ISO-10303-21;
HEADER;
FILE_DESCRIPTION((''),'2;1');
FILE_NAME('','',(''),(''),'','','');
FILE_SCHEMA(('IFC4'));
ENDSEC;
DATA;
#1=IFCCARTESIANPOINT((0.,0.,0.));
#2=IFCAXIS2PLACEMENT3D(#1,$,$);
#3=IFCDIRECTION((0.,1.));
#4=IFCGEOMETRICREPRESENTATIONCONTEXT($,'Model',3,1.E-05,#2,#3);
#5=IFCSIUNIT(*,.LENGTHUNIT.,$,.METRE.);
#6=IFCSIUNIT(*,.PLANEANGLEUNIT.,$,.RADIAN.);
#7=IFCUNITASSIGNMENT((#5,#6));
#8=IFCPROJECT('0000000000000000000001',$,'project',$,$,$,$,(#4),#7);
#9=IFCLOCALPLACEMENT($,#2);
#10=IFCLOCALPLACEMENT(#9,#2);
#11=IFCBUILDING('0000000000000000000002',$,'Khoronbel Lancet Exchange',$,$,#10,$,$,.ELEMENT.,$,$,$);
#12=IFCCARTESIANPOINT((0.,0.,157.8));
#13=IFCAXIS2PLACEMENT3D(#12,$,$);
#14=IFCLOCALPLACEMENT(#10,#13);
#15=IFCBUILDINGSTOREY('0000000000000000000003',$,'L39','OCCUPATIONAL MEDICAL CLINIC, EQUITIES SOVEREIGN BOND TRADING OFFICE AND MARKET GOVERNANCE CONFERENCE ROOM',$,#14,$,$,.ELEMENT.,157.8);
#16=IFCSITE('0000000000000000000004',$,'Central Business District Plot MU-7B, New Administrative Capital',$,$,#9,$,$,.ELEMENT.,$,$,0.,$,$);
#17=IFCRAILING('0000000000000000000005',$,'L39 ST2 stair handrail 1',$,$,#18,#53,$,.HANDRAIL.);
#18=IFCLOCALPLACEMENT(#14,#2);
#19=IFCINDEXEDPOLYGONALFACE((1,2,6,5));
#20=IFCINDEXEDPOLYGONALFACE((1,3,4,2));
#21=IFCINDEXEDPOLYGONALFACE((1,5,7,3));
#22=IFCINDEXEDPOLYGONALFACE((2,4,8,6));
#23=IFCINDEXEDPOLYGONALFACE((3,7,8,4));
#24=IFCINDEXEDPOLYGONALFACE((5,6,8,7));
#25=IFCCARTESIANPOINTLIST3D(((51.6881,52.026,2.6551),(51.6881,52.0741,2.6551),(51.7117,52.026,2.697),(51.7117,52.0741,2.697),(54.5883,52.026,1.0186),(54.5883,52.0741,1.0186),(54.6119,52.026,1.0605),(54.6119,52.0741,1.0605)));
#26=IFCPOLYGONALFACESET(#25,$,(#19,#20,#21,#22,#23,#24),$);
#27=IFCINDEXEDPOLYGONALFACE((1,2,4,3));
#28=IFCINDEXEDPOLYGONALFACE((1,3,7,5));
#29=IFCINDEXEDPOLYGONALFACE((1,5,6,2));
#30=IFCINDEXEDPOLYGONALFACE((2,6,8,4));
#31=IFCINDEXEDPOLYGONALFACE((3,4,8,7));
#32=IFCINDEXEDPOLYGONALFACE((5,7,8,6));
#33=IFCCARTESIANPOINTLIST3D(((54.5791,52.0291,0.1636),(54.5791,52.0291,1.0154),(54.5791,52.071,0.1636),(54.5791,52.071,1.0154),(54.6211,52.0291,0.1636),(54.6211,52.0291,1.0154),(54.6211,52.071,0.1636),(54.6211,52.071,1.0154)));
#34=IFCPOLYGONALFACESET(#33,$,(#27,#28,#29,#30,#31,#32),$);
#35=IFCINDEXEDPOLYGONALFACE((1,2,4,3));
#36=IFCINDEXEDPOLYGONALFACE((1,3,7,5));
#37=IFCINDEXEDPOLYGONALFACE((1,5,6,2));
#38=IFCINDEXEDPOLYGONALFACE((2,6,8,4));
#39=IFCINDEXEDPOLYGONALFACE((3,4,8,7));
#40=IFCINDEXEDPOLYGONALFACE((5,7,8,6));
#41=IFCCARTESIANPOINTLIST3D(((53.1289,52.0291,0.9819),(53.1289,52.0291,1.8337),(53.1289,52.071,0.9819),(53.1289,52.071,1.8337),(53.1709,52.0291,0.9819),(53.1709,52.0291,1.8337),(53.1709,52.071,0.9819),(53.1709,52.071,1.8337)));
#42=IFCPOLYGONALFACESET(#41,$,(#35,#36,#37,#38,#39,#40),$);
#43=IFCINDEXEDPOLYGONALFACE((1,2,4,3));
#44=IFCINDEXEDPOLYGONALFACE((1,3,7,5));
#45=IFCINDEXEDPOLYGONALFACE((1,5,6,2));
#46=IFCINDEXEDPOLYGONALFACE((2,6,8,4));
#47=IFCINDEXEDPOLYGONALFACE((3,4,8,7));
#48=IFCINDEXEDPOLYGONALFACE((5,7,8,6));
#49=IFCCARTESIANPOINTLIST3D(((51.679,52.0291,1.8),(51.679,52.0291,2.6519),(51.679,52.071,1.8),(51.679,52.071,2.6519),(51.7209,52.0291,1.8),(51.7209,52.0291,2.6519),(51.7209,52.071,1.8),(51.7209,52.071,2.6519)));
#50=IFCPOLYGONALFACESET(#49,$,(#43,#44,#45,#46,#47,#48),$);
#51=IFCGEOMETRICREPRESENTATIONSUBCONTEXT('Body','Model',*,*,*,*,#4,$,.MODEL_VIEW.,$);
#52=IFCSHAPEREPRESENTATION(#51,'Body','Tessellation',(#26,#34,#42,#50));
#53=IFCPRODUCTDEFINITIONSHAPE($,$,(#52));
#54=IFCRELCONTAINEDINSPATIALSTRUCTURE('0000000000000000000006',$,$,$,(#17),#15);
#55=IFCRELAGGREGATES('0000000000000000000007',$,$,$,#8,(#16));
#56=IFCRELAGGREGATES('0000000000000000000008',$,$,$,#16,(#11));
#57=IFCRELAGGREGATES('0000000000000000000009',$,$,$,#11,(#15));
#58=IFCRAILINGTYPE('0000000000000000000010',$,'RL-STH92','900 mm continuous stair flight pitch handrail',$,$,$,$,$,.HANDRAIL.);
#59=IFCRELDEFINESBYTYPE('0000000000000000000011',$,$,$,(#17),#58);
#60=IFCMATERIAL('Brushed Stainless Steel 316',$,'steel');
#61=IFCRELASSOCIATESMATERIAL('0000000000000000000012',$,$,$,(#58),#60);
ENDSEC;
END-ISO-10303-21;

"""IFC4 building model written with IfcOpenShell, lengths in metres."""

from ifc_helpers import new_model, si_unit, direction, frame, origin, origin_2d, place, context, subcontext, project, spatial, rectangle, extrude, material, type_object, element, save


model = new_model("IFC4")

# Units and contexts
model_context = context("Model", 3, precision=1e-05, world=origin(), true_north=direction((0.0, 1.0)))
body_context = subcontext(model_context, "Body", "Model", "MODEL_VIEW")
ifc_project = project(units=[si_unit("LENGTHUNIT", "METRE"), si_unit("PLANEANGLEUNIT", "RADIAN")], contexts=[model_context])

# Site, building, storey
site_placement = place(None, origin())
site = spatial("IfcSite", under=ifc_project, at=site_placement, Name="Central Business District Plot MU-7B, New Administrative Capital", CompositionType="ELEMENT", RefElevation=0.0)
building_placement = place(site_placement, origin())
building = spatial("IfcBuilding", under=site, at=building_placement, Name="Khoronbel Lancet Exchange", CompositionType="ELEMENT")
storey_placement = place(building_placement, frame((0.0, 0.0, 157.8)))
storey = spatial("IfcBuildingStorey", under=building, at=storey_placement, Name="L39", Description="OCCUPATIONAL MEDICAL CLINIC, EQUITIES SOVEREIGN BOND TRADING OFFICE AND MARKET GOVERNANCE CONFERENCE ROOM", CompositionType="ELEMENT", Elevation=157.8)

# Railing
ifc_material_1 = material(Name="Brushed Stainless Steel 316", Category="steel")
railing_type_1 = type_object("IfcRailingType", Name="RL-STH92", Description="900 mm continuous stair flight pitch handrail", PredefinedType="HANDRAIL", material=ifc_material_1)
railing_1_placement = place(storey_placement, frame((54.6001, 52.05, 0.1636)))
element("IfcRailing", 1, at=railing_1_placement, inside=storey, type_object=railing_type_1, Name="L39 ST2 stair handrail 1", PredefinedType="HANDRAIL", context=body_context, shape_type="SweptSolid", body=[
    extrude(rectangle(XDim=0.0481, YDim=0.0481, at=origin_2d()), frame((0.0, 0.0, 0.876), z_axis=(-0.870915, 0.0, 0.491434), x_axis=(0.0, -1.0, 0.0)), (0.0, 0.0, 1.0), 3.3301),
    extrude(rectangle(XDim=0.042, YDim=0.042, at=origin_2d()), origin(), (0.0, 0.0, 1.0), 0.8518),
    extrude(rectangle(XDim=0.042, YDim=0.042, at=origin_2d()), frame((-1.4502, 0.0, 0.8184)), (0.0, 0.0, 1.0), 0.8518),
    extrude(rectangle(XDim=0.042, YDim=0.042, at=origin_2d()), frame((-2.9001, 0.0, 1.6365)), (0.0, 0.0, 1.0), 0.8518),
])

save(model, "model.ifc")
